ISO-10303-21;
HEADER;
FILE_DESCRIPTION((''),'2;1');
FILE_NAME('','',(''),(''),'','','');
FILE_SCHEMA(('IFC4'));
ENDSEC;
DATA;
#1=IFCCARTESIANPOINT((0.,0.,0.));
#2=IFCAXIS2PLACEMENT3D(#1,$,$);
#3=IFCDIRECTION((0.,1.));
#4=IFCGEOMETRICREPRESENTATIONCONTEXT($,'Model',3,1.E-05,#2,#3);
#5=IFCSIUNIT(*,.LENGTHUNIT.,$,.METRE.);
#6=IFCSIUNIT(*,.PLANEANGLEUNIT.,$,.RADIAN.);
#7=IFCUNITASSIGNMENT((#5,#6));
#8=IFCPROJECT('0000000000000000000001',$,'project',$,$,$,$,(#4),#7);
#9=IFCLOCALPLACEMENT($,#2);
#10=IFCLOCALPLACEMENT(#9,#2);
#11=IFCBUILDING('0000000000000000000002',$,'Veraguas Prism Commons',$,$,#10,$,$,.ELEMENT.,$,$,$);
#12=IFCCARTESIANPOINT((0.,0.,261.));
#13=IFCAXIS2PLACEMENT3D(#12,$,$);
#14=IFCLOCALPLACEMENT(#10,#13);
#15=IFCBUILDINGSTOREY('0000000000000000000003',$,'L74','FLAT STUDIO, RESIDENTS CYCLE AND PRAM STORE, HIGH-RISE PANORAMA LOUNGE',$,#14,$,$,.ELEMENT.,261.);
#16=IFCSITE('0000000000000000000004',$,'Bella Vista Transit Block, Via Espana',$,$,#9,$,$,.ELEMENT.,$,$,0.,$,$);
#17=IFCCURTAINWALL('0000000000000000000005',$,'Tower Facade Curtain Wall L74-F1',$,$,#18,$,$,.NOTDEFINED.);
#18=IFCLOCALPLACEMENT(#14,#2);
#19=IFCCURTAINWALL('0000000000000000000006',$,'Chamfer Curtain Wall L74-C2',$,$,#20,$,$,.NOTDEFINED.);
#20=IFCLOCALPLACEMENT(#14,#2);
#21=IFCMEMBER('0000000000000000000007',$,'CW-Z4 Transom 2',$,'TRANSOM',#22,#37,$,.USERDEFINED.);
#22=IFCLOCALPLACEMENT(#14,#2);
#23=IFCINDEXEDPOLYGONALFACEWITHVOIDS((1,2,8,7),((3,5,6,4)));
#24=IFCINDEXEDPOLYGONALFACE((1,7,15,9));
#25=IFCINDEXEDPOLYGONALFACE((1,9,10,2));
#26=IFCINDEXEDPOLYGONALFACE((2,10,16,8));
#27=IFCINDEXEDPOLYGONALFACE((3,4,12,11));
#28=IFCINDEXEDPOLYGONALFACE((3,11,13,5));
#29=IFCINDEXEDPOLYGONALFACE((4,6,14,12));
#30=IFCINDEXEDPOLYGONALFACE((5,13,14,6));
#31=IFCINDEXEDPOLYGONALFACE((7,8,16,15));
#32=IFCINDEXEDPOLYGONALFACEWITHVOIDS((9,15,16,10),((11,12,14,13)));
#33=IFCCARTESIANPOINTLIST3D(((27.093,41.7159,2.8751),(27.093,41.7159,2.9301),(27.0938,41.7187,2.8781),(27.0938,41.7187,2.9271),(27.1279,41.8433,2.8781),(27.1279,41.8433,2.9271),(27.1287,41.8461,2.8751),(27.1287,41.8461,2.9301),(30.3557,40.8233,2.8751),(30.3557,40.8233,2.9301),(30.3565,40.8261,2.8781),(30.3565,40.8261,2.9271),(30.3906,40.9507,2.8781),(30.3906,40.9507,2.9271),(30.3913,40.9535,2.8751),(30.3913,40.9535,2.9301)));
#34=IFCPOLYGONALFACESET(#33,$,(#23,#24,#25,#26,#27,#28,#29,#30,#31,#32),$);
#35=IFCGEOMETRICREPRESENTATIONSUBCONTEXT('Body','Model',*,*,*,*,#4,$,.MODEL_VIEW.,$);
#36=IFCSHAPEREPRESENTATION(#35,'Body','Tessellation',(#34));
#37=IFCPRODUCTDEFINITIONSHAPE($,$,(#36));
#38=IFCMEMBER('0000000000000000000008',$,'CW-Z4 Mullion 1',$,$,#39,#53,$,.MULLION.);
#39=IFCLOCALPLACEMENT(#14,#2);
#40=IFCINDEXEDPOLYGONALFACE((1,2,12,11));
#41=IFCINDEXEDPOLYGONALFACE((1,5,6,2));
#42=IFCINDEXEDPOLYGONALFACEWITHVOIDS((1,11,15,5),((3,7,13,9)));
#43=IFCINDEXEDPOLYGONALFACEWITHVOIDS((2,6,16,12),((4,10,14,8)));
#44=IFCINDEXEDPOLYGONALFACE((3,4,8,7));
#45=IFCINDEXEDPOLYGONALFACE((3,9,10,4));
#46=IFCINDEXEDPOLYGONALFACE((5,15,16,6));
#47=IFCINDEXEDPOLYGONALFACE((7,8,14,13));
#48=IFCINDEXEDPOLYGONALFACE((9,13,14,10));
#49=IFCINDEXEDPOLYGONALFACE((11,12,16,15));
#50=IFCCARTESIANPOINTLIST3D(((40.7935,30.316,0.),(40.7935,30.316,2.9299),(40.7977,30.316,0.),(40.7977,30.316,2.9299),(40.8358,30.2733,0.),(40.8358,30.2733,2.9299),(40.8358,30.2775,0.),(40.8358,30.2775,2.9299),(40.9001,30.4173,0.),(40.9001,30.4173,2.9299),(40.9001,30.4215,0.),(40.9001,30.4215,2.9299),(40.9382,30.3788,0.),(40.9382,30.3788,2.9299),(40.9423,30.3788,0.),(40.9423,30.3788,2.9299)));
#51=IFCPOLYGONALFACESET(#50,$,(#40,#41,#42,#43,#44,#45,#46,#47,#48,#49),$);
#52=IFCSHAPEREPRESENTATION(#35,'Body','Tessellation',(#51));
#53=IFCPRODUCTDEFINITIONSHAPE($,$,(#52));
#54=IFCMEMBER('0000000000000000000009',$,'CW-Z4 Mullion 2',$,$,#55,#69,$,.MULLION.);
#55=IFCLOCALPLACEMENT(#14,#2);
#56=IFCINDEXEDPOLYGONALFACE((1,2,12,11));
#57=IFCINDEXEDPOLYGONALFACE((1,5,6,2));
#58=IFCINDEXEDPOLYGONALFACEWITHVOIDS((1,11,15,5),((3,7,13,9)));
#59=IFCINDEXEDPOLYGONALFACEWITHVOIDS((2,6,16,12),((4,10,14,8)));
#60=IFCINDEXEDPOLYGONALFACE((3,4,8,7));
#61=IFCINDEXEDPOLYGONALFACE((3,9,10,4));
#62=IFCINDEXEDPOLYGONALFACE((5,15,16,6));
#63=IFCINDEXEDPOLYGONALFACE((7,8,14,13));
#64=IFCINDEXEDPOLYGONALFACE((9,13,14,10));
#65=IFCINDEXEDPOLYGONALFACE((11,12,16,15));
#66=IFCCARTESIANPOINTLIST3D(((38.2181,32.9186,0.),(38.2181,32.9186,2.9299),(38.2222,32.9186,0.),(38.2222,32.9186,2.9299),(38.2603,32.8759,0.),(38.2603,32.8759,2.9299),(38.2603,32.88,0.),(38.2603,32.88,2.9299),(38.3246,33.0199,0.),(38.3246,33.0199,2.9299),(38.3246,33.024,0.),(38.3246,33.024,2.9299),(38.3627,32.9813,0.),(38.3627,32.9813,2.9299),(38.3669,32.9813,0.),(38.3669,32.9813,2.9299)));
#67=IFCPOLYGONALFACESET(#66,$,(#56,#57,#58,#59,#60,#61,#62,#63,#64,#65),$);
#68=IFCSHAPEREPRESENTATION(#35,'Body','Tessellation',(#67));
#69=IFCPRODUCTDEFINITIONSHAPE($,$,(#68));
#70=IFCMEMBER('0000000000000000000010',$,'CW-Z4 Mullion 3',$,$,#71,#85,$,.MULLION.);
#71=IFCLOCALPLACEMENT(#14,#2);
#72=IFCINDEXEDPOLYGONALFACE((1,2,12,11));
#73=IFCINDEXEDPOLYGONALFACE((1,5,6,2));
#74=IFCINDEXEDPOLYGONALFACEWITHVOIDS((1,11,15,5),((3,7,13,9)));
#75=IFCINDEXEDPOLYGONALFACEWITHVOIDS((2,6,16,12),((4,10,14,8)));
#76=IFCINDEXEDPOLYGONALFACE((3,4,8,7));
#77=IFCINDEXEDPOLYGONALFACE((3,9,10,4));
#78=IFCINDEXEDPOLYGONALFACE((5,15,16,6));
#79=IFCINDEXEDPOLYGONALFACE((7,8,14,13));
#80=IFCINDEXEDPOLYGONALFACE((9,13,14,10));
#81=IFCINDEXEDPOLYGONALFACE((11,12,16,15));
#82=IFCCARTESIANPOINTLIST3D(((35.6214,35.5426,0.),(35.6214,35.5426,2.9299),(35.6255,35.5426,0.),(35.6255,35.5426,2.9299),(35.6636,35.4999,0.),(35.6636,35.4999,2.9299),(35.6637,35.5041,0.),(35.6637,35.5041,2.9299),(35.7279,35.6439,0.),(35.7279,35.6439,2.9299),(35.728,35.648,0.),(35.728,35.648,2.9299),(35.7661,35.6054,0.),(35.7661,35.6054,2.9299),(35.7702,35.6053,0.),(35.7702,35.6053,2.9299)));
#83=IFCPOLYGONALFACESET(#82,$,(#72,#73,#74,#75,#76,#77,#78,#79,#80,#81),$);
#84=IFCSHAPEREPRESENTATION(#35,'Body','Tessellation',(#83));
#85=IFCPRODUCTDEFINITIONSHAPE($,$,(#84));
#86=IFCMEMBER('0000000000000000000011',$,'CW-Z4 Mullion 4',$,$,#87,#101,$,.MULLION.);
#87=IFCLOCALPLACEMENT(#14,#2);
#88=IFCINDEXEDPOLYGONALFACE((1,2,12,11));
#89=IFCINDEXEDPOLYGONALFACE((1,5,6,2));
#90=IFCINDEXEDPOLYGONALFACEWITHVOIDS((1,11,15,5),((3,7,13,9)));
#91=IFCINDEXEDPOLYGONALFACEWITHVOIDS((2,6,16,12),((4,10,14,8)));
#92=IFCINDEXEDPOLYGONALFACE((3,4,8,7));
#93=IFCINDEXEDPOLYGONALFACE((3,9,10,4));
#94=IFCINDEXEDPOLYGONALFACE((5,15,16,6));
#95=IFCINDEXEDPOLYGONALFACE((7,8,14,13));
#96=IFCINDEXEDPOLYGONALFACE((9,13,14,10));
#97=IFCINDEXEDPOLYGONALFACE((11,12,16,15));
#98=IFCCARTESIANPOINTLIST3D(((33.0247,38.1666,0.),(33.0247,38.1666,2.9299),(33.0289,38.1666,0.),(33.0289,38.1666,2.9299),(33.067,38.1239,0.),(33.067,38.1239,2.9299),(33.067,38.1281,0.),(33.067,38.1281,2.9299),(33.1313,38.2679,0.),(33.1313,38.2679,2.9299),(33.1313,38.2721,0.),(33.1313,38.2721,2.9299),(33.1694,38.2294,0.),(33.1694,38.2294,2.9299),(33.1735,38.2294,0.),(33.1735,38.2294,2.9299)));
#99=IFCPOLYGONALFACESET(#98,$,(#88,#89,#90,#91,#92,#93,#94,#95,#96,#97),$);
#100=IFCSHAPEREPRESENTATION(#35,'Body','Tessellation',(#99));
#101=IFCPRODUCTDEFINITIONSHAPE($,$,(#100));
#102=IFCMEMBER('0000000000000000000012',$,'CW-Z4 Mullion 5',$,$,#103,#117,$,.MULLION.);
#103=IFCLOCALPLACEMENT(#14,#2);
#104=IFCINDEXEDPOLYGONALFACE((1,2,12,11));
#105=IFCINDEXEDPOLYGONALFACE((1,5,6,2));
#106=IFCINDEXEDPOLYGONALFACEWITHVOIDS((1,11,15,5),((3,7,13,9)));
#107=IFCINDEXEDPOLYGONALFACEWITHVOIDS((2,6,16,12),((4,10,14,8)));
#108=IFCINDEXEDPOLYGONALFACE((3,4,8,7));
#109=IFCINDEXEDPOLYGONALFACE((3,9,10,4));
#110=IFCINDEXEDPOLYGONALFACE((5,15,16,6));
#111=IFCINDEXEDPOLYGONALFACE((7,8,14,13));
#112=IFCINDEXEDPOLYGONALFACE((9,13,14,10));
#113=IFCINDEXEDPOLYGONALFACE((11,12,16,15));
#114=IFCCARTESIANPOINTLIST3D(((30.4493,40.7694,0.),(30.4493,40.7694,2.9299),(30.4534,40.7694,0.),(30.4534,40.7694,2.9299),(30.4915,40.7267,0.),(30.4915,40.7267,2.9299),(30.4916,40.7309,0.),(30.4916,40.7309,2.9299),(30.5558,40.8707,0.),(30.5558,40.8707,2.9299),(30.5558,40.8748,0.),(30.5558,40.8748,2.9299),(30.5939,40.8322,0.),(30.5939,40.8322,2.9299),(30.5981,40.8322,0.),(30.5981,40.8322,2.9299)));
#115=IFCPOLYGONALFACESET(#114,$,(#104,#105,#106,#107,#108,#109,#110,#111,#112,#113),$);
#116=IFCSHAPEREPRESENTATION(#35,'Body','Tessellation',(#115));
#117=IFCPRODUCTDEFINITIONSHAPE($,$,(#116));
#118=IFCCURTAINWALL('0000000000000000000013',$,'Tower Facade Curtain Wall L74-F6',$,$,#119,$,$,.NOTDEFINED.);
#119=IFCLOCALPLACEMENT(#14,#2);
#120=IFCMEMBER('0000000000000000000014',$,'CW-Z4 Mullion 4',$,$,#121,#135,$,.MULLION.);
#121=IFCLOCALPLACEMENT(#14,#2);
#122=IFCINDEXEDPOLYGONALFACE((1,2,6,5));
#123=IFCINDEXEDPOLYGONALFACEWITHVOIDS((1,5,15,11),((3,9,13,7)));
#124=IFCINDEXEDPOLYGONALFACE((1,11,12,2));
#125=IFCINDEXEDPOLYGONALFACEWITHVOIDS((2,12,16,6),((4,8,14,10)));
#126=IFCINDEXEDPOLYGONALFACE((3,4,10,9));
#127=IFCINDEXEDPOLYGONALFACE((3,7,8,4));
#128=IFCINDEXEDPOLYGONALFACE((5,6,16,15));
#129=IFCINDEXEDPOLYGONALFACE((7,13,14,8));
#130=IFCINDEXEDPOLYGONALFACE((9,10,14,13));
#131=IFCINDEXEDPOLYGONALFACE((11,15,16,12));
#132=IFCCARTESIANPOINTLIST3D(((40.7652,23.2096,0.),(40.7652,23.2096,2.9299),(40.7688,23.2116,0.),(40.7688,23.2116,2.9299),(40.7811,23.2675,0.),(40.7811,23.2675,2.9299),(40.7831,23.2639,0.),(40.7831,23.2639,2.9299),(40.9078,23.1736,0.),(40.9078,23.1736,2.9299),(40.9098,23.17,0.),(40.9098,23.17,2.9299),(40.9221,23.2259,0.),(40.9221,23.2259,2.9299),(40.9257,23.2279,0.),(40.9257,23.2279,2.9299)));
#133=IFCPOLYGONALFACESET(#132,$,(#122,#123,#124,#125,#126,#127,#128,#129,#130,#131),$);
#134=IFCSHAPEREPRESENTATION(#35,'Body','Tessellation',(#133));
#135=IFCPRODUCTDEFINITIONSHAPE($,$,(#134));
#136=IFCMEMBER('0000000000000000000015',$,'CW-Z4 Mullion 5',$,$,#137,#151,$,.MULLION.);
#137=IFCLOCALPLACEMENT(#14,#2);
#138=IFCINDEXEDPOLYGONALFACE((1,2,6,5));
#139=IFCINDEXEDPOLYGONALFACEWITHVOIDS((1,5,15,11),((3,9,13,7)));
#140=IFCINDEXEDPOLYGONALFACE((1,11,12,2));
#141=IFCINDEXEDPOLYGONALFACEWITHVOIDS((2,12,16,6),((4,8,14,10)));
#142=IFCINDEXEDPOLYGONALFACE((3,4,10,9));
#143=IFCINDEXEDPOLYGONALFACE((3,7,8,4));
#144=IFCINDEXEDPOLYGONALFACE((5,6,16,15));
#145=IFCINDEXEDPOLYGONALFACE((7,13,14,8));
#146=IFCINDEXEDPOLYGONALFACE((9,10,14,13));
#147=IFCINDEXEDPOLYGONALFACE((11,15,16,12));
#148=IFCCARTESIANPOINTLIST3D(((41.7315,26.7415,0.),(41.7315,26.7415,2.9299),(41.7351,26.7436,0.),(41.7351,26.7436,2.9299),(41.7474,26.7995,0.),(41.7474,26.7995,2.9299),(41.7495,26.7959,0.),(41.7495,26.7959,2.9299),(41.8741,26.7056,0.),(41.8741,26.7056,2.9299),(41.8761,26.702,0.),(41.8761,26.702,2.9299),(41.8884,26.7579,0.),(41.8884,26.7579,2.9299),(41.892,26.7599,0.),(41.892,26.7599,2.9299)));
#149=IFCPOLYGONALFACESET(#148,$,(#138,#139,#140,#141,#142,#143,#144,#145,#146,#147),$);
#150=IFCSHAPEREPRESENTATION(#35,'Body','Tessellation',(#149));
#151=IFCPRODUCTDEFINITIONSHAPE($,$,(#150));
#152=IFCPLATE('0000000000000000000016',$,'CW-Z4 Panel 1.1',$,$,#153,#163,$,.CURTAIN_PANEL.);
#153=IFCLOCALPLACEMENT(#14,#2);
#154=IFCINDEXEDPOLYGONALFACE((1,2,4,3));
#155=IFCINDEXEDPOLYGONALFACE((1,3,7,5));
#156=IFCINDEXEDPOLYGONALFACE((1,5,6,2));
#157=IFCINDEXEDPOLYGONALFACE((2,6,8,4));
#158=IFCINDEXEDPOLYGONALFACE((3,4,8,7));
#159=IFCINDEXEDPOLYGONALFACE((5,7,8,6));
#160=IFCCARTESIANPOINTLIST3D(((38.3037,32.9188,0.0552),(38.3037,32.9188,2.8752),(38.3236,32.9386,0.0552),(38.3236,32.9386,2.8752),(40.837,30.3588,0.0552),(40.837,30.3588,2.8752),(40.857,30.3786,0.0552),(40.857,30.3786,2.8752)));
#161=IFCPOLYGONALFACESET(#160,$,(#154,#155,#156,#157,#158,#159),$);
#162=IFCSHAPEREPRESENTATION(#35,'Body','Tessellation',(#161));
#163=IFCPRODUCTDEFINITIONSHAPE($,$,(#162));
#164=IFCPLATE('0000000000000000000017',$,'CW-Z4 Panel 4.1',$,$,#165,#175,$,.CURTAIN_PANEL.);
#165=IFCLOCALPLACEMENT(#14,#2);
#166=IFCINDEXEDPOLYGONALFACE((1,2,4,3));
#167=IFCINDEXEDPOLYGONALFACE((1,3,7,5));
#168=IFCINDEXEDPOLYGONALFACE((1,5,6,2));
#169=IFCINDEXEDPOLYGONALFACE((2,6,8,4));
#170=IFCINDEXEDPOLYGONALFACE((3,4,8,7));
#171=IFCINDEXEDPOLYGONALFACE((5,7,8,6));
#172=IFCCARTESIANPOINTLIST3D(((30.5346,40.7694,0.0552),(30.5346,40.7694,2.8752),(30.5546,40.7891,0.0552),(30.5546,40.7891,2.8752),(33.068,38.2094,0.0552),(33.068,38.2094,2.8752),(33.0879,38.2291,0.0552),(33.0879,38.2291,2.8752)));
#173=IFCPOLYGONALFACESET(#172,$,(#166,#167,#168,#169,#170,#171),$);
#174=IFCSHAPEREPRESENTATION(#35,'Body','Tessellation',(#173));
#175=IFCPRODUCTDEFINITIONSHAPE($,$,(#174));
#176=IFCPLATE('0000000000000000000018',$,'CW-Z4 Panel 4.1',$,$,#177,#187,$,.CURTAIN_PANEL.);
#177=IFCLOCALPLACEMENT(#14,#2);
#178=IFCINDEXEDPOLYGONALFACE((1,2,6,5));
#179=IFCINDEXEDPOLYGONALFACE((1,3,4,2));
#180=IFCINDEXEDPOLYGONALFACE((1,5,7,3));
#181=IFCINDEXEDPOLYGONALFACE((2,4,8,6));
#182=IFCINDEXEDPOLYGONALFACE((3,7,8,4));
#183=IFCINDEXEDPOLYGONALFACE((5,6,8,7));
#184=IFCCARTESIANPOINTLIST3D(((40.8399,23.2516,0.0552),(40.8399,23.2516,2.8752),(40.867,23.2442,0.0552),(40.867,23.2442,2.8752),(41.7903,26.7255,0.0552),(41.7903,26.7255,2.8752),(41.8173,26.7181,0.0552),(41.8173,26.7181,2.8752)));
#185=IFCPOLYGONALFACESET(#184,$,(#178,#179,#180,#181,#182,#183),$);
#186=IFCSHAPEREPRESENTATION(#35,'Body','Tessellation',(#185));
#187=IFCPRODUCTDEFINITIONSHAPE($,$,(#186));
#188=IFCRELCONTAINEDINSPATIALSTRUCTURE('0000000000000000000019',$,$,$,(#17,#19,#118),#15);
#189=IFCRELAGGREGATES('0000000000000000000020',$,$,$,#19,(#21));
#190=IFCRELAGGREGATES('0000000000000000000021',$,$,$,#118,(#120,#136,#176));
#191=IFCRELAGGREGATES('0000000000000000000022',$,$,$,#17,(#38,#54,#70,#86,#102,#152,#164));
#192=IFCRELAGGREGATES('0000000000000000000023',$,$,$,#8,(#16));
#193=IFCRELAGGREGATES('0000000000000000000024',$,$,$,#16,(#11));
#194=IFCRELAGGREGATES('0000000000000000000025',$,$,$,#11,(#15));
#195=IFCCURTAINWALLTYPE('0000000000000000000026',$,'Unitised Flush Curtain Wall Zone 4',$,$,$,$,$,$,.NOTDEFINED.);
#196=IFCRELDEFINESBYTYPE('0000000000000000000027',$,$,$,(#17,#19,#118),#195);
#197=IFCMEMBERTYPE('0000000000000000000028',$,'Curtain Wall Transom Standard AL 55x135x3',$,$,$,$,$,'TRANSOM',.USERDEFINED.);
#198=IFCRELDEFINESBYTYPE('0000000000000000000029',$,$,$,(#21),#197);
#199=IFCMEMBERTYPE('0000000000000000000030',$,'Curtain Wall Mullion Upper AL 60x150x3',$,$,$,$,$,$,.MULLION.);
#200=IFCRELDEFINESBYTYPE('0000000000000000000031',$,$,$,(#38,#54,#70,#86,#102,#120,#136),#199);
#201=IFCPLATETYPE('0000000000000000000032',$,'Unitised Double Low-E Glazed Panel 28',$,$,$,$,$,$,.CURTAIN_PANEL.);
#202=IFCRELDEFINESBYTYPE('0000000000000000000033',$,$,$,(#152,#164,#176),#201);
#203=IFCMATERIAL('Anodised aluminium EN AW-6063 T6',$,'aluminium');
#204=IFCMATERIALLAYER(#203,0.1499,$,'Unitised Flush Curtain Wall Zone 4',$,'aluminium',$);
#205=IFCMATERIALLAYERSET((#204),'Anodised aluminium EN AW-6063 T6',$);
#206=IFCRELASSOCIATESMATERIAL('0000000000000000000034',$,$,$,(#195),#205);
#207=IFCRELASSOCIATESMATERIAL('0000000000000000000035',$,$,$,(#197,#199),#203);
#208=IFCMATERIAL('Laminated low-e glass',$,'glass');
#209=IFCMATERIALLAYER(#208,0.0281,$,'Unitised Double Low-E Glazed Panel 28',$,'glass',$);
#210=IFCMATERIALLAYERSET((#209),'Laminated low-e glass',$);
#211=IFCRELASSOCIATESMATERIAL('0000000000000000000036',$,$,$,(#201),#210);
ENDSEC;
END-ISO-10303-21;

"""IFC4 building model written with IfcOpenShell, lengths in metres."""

from ifc_helpers import new_model, si_unit, direction, frame, origin, origin_2d, place, context, subcontext, project, spatial, rectangle, hollow_rectangle, extrude, source, transform, mapped, material, layer, layer_set, material_profile, profile_set, type_object, element, aggregate, save


model = new_model("IFC4")

# Units and contexts
model_context = context("Model", 3, precision=1e-05, world=origin(), true_north=direction((0.0, 1.0)))
body_context = subcontext(model_context, "Body", "Model", "MODEL_VIEW")
ifc_project = project(units=[si_unit("LENGTHUNIT", "METRE"), si_unit("PLANEANGLEUNIT", "RADIAN")], contexts=[model_context])

# Site, building, storey
site_placement = place(None, origin())
site = spatial("IfcSite", under=ifc_project, at=site_placement, Name="Bella Vista Transit Block, Via Espana", CompositionType="ELEMENT", RefElevation=0.0)
building_placement = place(site_placement, origin())
building = spatial("IfcBuilding", under=site, at=building_placement, Name="Veraguas Prism Commons", CompositionType="ELEMENT")
storey_placement = place(building_placement, frame((0.0, 0.0, 261.0)))
storey = spatial("IfcBuildingStorey", under=building, at=storey_placement, Name="L74", Description="FLAT STUDIO, RESIDENTS CYCLE AND PRAM STORE, HIGH-RISE PANORAMA LOUNGE", CompositionType="ELEMENT", Elevation=261.0)

# Curtain walls, member
ifc_material_1 = material(Name="Anodised aluminium EN AW-6063 T6", Category="aluminium")
ifc_layer_1 = layer(ifc_material_1, 0.1499, Name="Unitised Flush Curtain Wall Zone 4", Category="aluminium")
ifc_layer_set_1 = layer_set([ifc_layer_1], Name="Anodised aluminium EN AW-6063 T6")
curtain_wall_type = type_object("IfcCurtainWallType", Name="Unitised Flush Curtain Wall Zone 4", PredefinedType="NOTDEFINED", material=ifc_layer_set_1)
curtain_wall_1_placement = place(storey_placement, origin())
curtain_wall_1 = element("IfcCurtainWall", 1, at=curtain_wall_1_placement, inside=storey, type_object=curtain_wall_type, Name="Tower Facade Curtain Wall L74-F1", PredefinedType="NOTDEFINED")
ifc_material_profile_1 = material_profile(ifc_material_1, hollow_rectangle(XDim=0.0549, YDim=0.135, WallThickness=0.0029, at=origin_2d()), Name="AL55X135X3")
ifc_profile_set_1 = profile_set([ifc_material_profile_1], Name="Anodised aluminium EN AW-6063 T6")
member_type_1 = type_object("IfcMemberType", Name="Curtain Wall Transom Standard AL 55x135x3", ElementType="TRANSOM", PredefinedType="USERDEFINED", material=ifc_profile_set_1)
curtain_wall_2_placement = place(storey_placement, origin())
curtain_wall_2 = element("IfcCurtainWall", 2, at=curtain_wall_2_placement, inside=storey, type_object=curtain_wall_type, Name="Chamfer Curtain Wall L74-C2", PredefinedType="NOTDEFINED")
shared_shape_1 = source(origin(), body_context, "Body", "SweptSolid", [
    extrude(hollow_rectangle(XDim=0.0549, YDim=0.135, WallThickness=0.0029, at=origin_2d()), origin(), (0.0, 0.0, 1.0), 3.3826),
])
member_1_placement = place(storey_placement, frame((30.3735, 40.8884, 2.9026), z_axis=(-0.964557, 0.263875, 0.0), x_axis=(0.0, 0.0, 1.0)))
member_1 = element("IfcMember", 3, at=member_1_placement, type_object=member_type_1, Name="CW-Z4 Transom 2", ObjectType="TRANSOM", PredefinedType="USERDEFINED", context=body_context, shape_type="MappedRepresentation", body=[
    mapped(shared_shape_1, transform((0.0, 0.0, 0.0), scale=1.0)),
])
aggregate(curtain_wall_2, [member_1])

# Members
ifc_material_profile_2 = material_profile(ifc_material_1, hollow_rectangle(XDim=0.0601, YDim=0.1499, WallThickness=0.0029, at=origin_2d()), Name="AL60X150X3")
ifc_profile_set_2 = profile_set([ifc_material_profile_2], Name="Anodised aluminium EN AW-6063 T6")
member_type_2 = type_object("IfcMemberType", Name="Curtain Wall Mullion Upper AL 60x150x3", PredefinedType="MULLION", material=ifc_profile_set_2)
shared_shape_2 = source(origin(), body_context, "Body", "SweptSolid", [
    extrude(hollow_rectangle(XDim=0.0601, YDim=0.1499, WallThickness=0.0029, at=origin_2d()), origin(), (0.0, 0.0, 1.0), 2.9299),
])
member_2_placement = place(storey_placement, frame((40.8679, 30.3474, 0.0), z_axis=(0.0, 0.0, 1.0), x_axis=(-0.703392, 0.710802, 0.0)))
member_2 = element("IfcMember", 4, at=member_2_placement, type_object=member_type_2, Name="CW-Z4 Mullion 1", PredefinedType="MULLION", context=body_context, shape_type="MappedRepresentation", body=[
    mapped(shared_shape_2, transform((0.0, 0.0, 0.0), scale=1.0)),
])
member_3_placement = place(storey_placement, frame((38.2925, 32.95, 0.0), z_axis=(0.0, 0.0, 1.0), x_axis=(-0.703392, 0.710802, 0.0)))
member_3 = element("IfcMember", 5, at=member_3_placement, type_object=member_type_2, Name="CW-Z4 Mullion 2", PredefinedType="MULLION", context=body_context, shape_type="MappedRepresentation", body=[
    mapped(shared_shape_2, transform((0.0, 0.0, 0.0), scale=1.0)),
])
member_4_placement = place(storey_placement, frame((35.6958, 35.574, 0.0), z_axis=(0.0, 0.0, 1.0), x_axis=(-0.703392, 0.710802, 0.0)))
member_4 = element("IfcMember", 6, at=member_4_placement, type_object=member_type_2, Name="CW-Z4 Mullion 3", PredefinedType="MULLION", context=body_context, shape_type="MappedRepresentation", body=[
    mapped(shared_shape_2, transform((0.0, 0.0, 0.0), scale=1.0)),
])
member_5_placement = place(storey_placement, frame((33.0991, 38.198, 0.0), z_axis=(0.0, 0.0, 1.0), x_axis=(-0.703392, 0.710802, 0.0)))
member_5 = element("IfcMember", 7, at=member_5_placement, type_object=member_type_2, Name="CW-Z4 Mullion 4", PredefinedType="MULLION", context=body_context, shape_type="MappedRepresentation", body=[
    mapped(shared_shape_2, transform((0.0, 0.0, 0.0), scale=1.0)),
])
member_6_placement = place(storey_placement, frame((30.5237, 40.8008, 0.0), z_axis=(0.0, 0.0, 1.0), x_axis=(-0.703392, 0.710802, 0.0)))
member_6 = element("IfcMember", 8, at=member_6_placement, type_object=member_type_2, Name="CW-Z4 Mullion 5", PredefinedType="MULLION", context=body_context, shape_type="MappedRepresentation", body=[
    mapped(shared_shape_2, transform((0.0, 0.0, 0.0), scale=1.0)),
])

# Curtain wall, members
curtain_wall_3_placement = place(storey_placement, origin())
curtain_wall_3 = element("IfcCurtainWall", 9, at=curtain_wall_3_placement, inside=storey, type_object=curtain_wall_type, Name="Tower Facade Curtain Wall L74-F6", PredefinedType="NOTDEFINED")
member_7_placement = place(storey_placement, frame((40.8455, 23.2188, 0.0), z_axis=(0.0, 0.0, 1.0), x_axis=(0.263883, 0.964555, 0.0)))
member_7 = element("IfcMember", 10, at=member_7_placement, type_object=member_type_2, Name="CW-Z4 Mullion 4", PredefinedType="MULLION", context=body_context, shape_type="MappedRepresentation", body=[
    mapped(shared_shape_2, transform((0.0, 0.0, 0.0), scale=1.0)),
])
member_8_placement = place(storey_placement, frame((41.8118, 26.7507, 0.0), z_axis=(0.0, 0.0, 1.0), x_axis=(0.263883, 0.964555, 0.0)))
member_8 = element("IfcMember", 11, at=member_8_placement, type_object=member_type_2, Name="CW-Z4 Mullion 5", PredefinedType="MULLION", context=body_context, shape_type="MappedRepresentation", body=[
    mapped(shared_shape_2, transform((0.0, 0.0, 0.0), scale=1.0)),
])

# Plates
ifc_material_2 = material(Name="Laminated low-e glass", Category="glass")
ifc_layer_2 = layer(ifc_material_2, 0.0281, Name="Unitised Double Low-E Glazed Panel 28", Category="glass")
ifc_layer_set_2 = layer_set([ifc_layer_2], Name="Laminated low-e glass")
plate_type = type_object("IfcPlateType", Name="Unitised Double Low-E Glazed Panel 28", PredefinedType="CURTAIN_PANEL", material=ifc_layer_set_2)
shared_shape_3 = source(origin(), body_context, "Body", "SweptSolid", [
    extrude(rectangle(XDim=3.6016, YDim=0.0281, at=origin_2d()), origin(), (0.0, 0.0, 1.0), 2.8201),
])
plate_1_placement = place(storey_placement, frame((39.5803, 31.6487, 0.0552), z_axis=(0.0, 0.0, 1.0), x_axis=(-0.703392, 0.710802, 0.0)))
plate_1 = element("IfcPlate", 12, at=plate_1_placement, type_object=plate_type, Name="CW-Z4 Panel 1.1", PredefinedType="CURTAIN_PANEL", context=body_context, shape_type="MappedRepresentation", body=[
    mapped(shared_shape_3, transform((0.0, 0.0, 0.0), scale=1.0)),
])
plate_2_placement = place(storey_placement, frame((31.8113, 39.4993, 0.0552), z_axis=(0.0, 0.0, 1.0), x_axis=(-0.703392, 0.710802, 0.0)))
plate_2 = element("IfcPlate", 13, at=plate_2_placement, type_object=plate_type, Name="CW-Z4 Panel 4.1", PredefinedType="CURTAIN_PANEL", context=body_context, shape_type="MappedRepresentation", body=[
    mapped(shared_shape_3, transform((0.0, 0.0, 0.0), scale=1.0)),
])
plate_3_placement = place(storey_placement, frame((41.3286, 24.9849, 0.0552), z_axis=(0.0, 0.0, 1.0), x_axis=(0.263883, 0.964555, 0.0)))
plate_3 = element("IfcPlate", 14, at=plate_3_placement, type_object=plate_type, Name="CW-Z4 Panel 4.1", PredefinedType="CURTAIN_PANEL", context=body_context, shape_type="MappedRepresentation", body=[
    mapped(shared_shape_3, transform((0.0, 0.0, 0.0), scale=1.0)),
])
aggregate(curtain_wall_3, [member_7, member_8, plate_3])
aggregate(curtain_wall_1, [member_2, member_3, member_4, member_5, member_6, plate_1, plate_2])

save(model, "model.ifc")
